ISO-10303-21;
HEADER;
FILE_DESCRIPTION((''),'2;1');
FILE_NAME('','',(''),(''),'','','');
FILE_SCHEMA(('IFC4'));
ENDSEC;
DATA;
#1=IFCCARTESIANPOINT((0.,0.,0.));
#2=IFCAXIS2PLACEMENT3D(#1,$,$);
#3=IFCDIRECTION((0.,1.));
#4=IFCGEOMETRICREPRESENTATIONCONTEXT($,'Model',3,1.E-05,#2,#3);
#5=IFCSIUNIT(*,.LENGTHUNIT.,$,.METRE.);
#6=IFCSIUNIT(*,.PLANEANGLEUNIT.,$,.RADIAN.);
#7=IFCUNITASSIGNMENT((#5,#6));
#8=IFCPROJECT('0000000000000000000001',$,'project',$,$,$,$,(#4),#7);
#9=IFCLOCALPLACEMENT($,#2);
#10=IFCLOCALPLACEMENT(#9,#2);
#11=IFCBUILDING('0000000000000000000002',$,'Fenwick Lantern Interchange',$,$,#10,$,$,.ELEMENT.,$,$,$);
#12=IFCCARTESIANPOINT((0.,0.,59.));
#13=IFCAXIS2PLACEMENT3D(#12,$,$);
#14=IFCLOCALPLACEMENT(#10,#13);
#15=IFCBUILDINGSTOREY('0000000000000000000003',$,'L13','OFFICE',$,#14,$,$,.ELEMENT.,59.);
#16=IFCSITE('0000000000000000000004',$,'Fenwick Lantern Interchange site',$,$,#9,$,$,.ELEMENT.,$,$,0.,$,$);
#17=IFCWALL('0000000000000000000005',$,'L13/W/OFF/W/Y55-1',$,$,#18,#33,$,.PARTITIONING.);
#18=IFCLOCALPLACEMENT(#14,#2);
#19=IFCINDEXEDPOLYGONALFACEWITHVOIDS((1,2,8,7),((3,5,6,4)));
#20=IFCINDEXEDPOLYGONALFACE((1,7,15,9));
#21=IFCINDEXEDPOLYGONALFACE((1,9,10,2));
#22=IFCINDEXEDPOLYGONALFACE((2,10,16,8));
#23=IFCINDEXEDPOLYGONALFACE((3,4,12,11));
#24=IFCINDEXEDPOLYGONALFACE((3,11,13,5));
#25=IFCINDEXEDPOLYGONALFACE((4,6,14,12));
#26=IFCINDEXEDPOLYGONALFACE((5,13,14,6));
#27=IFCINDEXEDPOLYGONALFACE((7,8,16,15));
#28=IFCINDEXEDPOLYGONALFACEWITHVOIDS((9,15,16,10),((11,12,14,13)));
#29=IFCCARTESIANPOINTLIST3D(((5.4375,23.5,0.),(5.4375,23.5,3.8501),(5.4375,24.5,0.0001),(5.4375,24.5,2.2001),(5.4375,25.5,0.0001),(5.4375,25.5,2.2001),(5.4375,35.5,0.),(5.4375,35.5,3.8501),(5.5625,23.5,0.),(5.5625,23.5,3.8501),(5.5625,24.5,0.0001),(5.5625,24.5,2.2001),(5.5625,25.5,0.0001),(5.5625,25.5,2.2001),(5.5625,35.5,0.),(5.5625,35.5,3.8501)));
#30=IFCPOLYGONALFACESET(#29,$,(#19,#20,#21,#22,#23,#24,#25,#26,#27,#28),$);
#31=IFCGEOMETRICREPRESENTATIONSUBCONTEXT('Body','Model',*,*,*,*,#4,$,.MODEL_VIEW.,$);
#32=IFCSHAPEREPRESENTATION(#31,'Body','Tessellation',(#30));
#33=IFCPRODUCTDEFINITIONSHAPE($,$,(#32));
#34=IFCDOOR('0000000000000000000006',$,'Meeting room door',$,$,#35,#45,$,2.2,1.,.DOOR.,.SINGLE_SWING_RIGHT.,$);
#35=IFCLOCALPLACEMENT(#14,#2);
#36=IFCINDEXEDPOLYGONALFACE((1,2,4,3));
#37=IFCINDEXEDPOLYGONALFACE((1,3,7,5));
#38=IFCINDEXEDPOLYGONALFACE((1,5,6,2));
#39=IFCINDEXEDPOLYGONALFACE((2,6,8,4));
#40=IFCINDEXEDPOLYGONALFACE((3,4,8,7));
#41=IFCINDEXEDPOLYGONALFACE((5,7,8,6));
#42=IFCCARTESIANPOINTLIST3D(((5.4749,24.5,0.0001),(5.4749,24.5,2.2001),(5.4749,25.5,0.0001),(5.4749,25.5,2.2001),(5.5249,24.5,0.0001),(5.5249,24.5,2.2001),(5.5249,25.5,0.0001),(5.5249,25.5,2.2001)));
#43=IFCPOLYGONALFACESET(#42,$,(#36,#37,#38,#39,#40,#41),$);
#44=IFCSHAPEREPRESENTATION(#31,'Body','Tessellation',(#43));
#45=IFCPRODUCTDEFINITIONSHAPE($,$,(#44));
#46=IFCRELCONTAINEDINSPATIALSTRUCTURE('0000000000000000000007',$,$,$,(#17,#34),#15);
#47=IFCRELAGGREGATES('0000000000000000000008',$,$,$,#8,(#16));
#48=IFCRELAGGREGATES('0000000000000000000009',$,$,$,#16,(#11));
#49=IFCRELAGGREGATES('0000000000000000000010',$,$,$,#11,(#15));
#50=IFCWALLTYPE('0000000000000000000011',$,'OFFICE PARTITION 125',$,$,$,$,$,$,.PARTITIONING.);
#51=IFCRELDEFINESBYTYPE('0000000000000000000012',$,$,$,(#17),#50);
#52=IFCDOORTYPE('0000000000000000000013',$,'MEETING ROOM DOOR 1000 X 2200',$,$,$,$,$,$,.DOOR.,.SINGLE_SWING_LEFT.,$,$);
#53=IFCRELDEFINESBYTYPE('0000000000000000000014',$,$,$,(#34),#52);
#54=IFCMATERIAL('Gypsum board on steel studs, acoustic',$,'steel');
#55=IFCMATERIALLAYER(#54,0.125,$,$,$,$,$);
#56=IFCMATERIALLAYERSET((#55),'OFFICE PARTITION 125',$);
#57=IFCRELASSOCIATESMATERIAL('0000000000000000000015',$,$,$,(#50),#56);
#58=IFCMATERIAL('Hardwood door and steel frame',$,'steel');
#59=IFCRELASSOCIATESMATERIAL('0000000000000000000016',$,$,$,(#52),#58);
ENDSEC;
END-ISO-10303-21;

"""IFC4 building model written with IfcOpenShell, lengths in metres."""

from ifc_helpers import new_model, si_unit, direction, frame, frame_2d, origin, place, context, subcontext, project, spatial, rectangle, extrude, material, layer, layer_set, type_object, element, fill, save


model = new_model("IFC4")

# Units and contexts
model_context = context("Model", 3, precision=1e-05, world=origin(), true_north=direction((0.0, 1.0)))
body_context = subcontext(model_context, "Body", "Model", "MODEL_VIEW")
ifc_project = project(units=[si_unit("LENGTHUNIT", "METRE"), si_unit("PLANEANGLEUNIT", "RADIAN")], contexts=[model_context])

# Site, building, storey
site_placement = place(None, origin())
site = spatial("IfcSite", under=ifc_project, at=site_placement, Name="Fenwick Lantern Interchange site", CompositionType="ELEMENT", RefElevation=0.0)
building_placement = place(site_placement, origin())
building = spatial("IfcBuilding", under=site, at=building_placement, Name="Fenwick Lantern Interchange", CompositionType="ELEMENT")
storey_placement = place(building_placement, frame((0.0, 0.0, 59.0)))
storey = spatial("IfcBuildingStorey", under=building, at=storey_placement, Name="L13", Description="OFFICE", CompositionType="ELEMENT", Elevation=59.0)

# Shared definitions
ifc_material_1 = material(Name="Hardwood door and steel frame", Category="steel")

# Shared definitions
ifc_material_2 = material(Name="Gypsum board on steel studs, acoustic", Category="steel")
ifc_layer_1 = layer(ifc_material_2, 0.125)
ifc_layer_set_1 = layer_set([ifc_layer_1], Name="OFFICE PARTITION 125")
wall_type_1 = type_object("IfcWallType", Name="OFFICE PARTITION 125", PredefinedType="PARTITIONING", material=ifc_layer_set_1)

# Wall, opening, door
wall_1_placement = place(storey_placement, frame((5.5, 35.5, 0.0), z_axis=(0.0, 0.0, 1.0), x_axis=(0.0, -1.0, 0.0)))
wall_1 = element("IfcWall", 1, at=wall_1_placement, inside=storey, type_object=wall_type_1, Name="L13/W/OFF/W/Y55-1", PredefinedType="PARTITIONING", context=body_context, shape_type="SweptSolid", body=[
    extrude(rectangle(XDim=12.0, YDim=0.125, at=frame_2d((6.0, 0.0))), origin(), (0.0, 0.0, 1.0), 3.8501),
])
opening_1_placement = place(wall_1_placement, frame((10.0, 0.0, 0.0)))
opening_1 = element("IfcOpeningElement", 2, at=opening_1_placement, cuts=wall_1, PredefinedType="OPENING", context=body_context, shape_type="SweptSolid", body=[
    extrude(rectangle(XDim=1.0, YDim=2.2, at=frame_2d((0.5, 1.1001))), frame((0.0, 0.0725, 0.0), z_axis=(0.0, -1.0, 0.0), x_axis=(1.0, 0.0, 0.0)), (0.0, 0.0, 1.0), 0.145),
])
door_type_1 = type_object("IfcDoorType", Name="MEETING ROOM DOOR 1000 X 2200", OperationType="SINGLE_SWING_LEFT", PredefinedType="DOOR", material=ifc_material_1)
door_1_placement = place(opening_1_placement, origin())
door_1 = element("IfcDoor", 3, at=door_1_placement, inside=storey, type_object=door_type_1, Name="Meeting room door", OperationType="SINGLE_SWING_RIGHT", OverallHeight=2.2, OverallWidth=1.0, PredefinedType="DOOR", context=body_context, shape_type="SweptSolid", body=[
    extrude(rectangle(XDim=1.0, YDim=2.2, at=frame_2d((0.5, 1.1001))), frame((0.0, 0.0249, 0.0), z_axis=(0.0, -1.0, 0.0), x_axis=(1.0, 0.0, 0.0)), (0.0, 0.0, 1.0), 0.05),
])
fill(opening_1, door_1)

save(model, "model.ifc")
